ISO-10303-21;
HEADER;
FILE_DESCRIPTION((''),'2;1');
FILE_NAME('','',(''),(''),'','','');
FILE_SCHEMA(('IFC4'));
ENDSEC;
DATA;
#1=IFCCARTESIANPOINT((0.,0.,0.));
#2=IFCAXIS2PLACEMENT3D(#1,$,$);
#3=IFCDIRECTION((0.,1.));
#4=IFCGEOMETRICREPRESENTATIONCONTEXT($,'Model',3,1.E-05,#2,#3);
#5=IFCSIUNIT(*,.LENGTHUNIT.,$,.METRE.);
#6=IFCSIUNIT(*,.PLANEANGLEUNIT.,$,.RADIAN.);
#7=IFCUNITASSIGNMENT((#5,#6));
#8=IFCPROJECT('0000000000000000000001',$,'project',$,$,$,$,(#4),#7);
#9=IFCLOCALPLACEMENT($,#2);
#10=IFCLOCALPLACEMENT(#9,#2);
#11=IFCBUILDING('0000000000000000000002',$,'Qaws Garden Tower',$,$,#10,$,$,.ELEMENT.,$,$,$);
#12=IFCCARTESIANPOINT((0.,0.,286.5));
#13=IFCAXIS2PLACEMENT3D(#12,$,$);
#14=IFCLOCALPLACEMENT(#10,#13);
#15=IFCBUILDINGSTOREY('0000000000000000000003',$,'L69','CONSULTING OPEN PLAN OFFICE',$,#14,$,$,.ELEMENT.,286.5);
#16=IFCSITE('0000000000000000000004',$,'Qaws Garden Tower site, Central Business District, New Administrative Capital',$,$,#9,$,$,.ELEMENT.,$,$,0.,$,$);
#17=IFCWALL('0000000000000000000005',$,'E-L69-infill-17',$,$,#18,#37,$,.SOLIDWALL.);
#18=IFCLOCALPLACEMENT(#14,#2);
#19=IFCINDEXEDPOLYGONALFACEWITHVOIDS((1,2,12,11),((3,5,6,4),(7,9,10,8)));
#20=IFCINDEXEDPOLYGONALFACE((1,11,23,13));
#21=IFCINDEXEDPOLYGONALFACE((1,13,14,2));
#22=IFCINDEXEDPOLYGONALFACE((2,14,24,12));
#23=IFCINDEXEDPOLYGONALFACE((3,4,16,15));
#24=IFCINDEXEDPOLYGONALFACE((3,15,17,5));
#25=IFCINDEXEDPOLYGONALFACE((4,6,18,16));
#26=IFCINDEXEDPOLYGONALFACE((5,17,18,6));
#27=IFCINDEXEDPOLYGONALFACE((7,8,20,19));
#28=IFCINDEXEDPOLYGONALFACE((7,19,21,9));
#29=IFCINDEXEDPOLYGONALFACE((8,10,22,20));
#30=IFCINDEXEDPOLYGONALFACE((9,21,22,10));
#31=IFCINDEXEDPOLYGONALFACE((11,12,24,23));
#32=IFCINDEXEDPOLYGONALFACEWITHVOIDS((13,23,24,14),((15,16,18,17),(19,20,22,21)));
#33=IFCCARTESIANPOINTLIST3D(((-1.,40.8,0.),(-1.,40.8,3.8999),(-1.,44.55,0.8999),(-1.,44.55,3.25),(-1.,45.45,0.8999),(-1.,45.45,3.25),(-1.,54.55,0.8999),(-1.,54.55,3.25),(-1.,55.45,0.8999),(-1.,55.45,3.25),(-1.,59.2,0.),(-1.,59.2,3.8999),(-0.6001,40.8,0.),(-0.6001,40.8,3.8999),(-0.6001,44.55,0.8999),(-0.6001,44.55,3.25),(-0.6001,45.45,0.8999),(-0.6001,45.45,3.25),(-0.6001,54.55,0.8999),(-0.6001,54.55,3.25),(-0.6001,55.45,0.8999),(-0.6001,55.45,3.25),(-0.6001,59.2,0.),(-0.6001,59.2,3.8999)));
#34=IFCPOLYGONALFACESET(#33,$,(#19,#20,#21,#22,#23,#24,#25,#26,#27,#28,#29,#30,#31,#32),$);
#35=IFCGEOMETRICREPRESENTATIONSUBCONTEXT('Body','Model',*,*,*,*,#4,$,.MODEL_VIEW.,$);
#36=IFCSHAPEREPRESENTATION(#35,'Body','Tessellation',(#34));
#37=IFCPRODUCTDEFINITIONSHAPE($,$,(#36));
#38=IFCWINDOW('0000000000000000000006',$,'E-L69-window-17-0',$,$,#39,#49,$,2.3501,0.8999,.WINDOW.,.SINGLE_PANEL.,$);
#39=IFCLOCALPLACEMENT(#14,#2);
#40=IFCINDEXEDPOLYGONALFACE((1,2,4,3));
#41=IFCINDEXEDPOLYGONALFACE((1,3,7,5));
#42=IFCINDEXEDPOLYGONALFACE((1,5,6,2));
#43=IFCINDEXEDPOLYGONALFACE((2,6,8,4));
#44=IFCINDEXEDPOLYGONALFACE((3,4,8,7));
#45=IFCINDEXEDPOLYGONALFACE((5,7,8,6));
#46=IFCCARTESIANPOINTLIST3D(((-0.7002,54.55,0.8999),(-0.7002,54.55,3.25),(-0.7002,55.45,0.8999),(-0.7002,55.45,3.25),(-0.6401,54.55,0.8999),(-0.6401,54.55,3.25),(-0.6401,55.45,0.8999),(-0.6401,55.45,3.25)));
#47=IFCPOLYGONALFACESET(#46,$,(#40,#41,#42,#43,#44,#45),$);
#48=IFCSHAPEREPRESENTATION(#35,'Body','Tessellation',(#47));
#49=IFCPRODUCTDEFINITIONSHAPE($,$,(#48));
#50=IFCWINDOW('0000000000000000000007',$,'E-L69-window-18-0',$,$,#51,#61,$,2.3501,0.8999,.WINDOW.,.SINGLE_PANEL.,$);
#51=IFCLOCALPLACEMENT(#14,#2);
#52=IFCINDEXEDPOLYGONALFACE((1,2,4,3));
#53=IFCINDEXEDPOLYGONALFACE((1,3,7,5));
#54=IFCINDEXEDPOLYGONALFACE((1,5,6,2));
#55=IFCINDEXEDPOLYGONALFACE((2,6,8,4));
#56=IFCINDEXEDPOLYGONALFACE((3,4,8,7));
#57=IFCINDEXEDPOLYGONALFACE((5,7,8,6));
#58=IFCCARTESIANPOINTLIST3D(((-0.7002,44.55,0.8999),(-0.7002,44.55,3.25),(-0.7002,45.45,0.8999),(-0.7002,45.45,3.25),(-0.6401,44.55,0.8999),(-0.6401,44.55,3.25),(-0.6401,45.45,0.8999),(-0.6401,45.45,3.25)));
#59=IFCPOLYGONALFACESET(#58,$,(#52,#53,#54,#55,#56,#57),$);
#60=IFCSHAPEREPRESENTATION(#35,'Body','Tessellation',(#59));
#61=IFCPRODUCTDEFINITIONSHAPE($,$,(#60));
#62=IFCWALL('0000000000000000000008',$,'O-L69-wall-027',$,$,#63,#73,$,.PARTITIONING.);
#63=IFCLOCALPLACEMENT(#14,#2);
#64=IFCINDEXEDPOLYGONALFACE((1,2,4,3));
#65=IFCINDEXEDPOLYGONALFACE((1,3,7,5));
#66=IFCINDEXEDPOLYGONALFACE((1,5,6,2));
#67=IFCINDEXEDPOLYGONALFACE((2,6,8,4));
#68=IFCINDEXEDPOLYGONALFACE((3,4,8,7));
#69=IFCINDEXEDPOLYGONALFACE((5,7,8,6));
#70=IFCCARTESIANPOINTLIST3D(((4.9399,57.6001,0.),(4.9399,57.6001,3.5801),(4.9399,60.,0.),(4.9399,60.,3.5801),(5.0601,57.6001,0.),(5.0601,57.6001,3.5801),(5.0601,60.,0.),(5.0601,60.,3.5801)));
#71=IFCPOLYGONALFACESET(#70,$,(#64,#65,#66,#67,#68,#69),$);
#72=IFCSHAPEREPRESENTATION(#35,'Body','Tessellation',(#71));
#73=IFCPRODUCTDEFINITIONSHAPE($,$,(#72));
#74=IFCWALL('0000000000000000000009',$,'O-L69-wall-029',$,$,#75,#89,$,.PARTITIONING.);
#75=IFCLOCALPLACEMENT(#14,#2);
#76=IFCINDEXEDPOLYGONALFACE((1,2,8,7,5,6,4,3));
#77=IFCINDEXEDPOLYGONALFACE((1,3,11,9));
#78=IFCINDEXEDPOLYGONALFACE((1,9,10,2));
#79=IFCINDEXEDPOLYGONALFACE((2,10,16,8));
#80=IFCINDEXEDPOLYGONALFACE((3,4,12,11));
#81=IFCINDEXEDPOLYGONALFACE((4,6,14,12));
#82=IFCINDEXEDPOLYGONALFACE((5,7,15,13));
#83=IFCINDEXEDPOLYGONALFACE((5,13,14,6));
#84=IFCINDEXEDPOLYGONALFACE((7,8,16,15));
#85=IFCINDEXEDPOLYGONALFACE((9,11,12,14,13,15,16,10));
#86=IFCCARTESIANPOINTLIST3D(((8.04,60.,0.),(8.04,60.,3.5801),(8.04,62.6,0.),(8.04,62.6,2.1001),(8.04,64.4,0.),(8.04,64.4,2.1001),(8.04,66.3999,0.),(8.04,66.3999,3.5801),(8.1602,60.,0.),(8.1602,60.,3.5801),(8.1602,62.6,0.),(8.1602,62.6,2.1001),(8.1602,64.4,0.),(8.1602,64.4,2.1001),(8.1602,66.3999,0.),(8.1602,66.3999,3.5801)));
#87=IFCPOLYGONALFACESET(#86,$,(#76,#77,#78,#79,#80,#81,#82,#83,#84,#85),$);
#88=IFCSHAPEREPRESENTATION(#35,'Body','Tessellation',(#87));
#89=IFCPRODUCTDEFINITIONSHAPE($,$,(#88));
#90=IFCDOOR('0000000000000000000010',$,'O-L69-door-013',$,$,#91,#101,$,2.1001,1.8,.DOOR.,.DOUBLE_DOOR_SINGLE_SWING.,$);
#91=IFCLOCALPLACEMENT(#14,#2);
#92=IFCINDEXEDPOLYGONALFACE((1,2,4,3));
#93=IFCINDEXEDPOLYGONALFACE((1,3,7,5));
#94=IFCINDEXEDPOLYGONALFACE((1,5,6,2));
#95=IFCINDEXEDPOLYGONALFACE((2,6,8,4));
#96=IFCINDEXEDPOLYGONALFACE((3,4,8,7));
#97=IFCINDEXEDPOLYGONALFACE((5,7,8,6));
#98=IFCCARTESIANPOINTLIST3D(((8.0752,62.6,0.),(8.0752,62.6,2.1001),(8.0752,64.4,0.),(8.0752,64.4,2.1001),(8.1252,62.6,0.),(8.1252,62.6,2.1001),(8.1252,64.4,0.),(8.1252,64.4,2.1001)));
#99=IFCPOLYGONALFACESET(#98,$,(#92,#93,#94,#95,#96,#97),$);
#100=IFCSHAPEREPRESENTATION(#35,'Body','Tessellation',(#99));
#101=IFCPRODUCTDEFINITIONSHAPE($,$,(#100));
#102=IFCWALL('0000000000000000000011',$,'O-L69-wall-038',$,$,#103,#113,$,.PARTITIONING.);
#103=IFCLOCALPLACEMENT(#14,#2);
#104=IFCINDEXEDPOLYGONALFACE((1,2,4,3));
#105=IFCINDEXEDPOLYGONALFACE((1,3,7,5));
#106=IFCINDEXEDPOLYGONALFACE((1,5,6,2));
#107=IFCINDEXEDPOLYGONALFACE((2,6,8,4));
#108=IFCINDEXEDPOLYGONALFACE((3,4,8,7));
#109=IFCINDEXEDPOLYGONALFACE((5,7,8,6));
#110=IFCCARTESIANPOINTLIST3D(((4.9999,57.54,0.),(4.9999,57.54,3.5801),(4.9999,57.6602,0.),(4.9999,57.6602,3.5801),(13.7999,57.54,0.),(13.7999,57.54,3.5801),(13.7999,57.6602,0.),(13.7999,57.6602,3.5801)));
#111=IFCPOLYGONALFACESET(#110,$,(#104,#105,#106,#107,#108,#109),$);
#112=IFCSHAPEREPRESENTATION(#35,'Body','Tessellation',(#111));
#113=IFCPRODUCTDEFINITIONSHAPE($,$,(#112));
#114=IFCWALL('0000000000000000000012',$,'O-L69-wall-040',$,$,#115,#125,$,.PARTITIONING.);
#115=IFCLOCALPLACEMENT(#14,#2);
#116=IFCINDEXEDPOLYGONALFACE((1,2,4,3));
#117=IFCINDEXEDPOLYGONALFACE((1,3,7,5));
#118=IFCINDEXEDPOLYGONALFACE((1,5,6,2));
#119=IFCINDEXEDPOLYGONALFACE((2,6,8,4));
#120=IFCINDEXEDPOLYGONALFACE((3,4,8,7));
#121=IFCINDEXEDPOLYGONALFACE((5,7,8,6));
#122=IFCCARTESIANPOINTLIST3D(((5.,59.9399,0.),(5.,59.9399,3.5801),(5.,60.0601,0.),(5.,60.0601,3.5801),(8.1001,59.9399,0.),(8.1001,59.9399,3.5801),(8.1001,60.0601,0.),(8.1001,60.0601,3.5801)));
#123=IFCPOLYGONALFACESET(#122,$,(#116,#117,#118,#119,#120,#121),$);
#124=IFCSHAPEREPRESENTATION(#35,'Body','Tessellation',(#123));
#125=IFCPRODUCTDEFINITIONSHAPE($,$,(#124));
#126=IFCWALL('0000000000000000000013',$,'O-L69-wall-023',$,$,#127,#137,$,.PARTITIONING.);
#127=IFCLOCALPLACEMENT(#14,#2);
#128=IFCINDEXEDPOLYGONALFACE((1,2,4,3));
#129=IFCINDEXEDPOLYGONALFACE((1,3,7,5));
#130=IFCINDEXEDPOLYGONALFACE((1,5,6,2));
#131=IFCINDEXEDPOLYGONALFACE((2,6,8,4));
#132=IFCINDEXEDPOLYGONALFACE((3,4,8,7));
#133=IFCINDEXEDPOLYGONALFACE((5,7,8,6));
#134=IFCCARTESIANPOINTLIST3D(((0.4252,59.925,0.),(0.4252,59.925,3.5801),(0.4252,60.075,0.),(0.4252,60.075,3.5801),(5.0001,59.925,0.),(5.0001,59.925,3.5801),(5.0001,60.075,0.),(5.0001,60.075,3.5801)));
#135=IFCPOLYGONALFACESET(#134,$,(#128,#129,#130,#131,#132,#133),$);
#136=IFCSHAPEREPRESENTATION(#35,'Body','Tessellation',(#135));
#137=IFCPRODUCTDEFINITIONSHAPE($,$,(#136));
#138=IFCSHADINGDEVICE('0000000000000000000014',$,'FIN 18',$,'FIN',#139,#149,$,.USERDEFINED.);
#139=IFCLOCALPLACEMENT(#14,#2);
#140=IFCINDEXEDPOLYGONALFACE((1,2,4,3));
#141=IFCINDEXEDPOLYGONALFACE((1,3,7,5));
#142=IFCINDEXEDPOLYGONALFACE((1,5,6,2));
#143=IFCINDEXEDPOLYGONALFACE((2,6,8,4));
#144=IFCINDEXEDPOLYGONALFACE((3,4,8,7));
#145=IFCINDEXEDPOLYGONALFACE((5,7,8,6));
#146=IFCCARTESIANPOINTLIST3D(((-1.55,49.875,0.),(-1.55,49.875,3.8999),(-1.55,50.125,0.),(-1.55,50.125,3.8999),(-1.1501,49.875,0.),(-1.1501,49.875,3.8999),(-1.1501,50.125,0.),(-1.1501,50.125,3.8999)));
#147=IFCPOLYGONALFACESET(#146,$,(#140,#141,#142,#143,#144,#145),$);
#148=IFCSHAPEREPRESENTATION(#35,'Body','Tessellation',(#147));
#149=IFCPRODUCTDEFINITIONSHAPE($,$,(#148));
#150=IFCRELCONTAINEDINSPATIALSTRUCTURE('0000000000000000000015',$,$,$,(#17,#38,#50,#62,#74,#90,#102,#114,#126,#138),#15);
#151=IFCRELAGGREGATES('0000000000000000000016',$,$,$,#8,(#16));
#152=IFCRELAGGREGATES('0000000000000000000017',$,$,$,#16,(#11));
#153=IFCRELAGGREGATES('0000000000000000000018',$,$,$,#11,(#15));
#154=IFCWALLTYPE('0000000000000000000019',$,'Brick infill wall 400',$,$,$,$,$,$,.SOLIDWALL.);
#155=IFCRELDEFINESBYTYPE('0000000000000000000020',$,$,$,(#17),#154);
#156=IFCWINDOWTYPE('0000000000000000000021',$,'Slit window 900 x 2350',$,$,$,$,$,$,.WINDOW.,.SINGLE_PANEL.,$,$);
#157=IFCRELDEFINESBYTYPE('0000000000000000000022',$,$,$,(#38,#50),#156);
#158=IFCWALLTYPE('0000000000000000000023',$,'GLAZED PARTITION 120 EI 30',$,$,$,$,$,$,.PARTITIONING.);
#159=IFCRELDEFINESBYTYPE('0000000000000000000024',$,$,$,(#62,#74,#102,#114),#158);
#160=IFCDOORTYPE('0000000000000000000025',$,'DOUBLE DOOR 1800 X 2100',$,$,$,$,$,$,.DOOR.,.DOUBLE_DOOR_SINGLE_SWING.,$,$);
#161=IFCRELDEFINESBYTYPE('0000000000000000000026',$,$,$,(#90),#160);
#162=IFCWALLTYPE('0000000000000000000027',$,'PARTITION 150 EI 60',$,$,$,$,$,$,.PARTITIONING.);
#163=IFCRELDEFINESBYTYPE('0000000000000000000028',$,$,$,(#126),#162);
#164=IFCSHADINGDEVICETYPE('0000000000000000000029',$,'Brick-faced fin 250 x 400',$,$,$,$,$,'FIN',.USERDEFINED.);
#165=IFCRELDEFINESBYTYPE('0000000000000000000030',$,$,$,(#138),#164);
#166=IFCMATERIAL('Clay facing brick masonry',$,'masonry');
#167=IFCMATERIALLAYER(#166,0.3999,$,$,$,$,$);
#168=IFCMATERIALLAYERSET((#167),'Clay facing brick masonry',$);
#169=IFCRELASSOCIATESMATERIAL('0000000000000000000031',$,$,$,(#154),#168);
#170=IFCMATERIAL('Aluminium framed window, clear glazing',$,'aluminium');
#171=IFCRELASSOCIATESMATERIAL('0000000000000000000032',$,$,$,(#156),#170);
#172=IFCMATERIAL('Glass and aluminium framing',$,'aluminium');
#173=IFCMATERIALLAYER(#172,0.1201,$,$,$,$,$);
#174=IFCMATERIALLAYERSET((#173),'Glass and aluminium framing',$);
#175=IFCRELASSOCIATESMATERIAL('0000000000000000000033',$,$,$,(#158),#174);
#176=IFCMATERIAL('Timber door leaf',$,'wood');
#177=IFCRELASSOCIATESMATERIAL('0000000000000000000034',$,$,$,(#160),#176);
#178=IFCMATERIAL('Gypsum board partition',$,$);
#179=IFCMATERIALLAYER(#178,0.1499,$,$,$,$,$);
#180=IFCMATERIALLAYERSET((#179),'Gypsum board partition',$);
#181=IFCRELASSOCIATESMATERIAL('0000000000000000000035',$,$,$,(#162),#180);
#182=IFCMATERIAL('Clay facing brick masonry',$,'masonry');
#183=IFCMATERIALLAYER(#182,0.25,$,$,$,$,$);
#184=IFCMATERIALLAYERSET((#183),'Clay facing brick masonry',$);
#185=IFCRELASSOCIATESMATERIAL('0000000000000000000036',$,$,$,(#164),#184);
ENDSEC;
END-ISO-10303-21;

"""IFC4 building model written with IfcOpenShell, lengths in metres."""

from ifc_helpers import new_model, si_unit, direction, frame, frame_2d, origin, origin_2d, place, context, subcontext, project, spatial, rectangle, extrude, material, layer, layer_set, type_object, element, fill, save


model = new_model("IFC4")

# Units and contexts
model_context = context("Model", 3, precision=1e-05, world=origin(), true_north=direction((0.0, 1.0)))
body_context = subcontext(model_context, "Body", "Model", "MODEL_VIEW")
ifc_project = project(units=[si_unit("LENGTHUNIT", "METRE"), si_unit("PLANEANGLEUNIT", "RADIAN")], contexts=[model_context])

# Site, building, storey
site_placement = place(None, origin())
site = spatial("IfcSite", under=ifc_project, at=site_placement, Name="Qaws Garden Tower site, Central Business District, New Administrative Capital", CompositionType="ELEMENT", RefElevation=0.0)
building_placement = place(site_placement, origin())
building = spatial("IfcBuilding", under=site, at=building_placement, Name="Qaws Garden Tower", CompositionType="ELEMENT")
storey_placement = place(building_placement, frame((0.0, 0.0, 286.5)))
storey = spatial("IfcBuildingStorey", under=building, at=storey_placement, Name="L69", Description="CONSULTING OPEN PLAN OFFICE", CompositionType="ELEMENT", Elevation=286.5)

# Shared definitions
ifc_material_1 = material(Name="Clay facing brick masonry", Category="masonry")
ifc_layer_1 = layer(ifc_material_1, 0.3999)
ifc_layer_set_1 = layer_set([ifc_layer_1], Name="Clay facing brick masonry")
wall_type_1 = type_object("IfcWallType", Name="Brick infill wall 400", PredefinedType="SOLIDWALL", material=ifc_layer_set_1)

# Wall, openings, windows
wall_1_placement = place(storey_placement, frame((-0.8, 59.2, 0.0), z_axis=(0.0, 0.0, 1.0), x_axis=(0.0, -1.0, 0.0)))
wall_1 = element("IfcWall", 1, at=wall_1_placement, inside=storey, type_object=wall_type_1, Name="E-L69-infill-17", PredefinedType="SOLIDWALL", context=body_context, shape_type="SweptSolid", body=[
    extrude(rectangle(XDim=18.3999, YDim=0.3999, at=frame_2d((9.2, 0.0))), origin(), (0.0, 0.0, 1.0), 3.8999),
])
opening_1_placement = place(wall_1_placement, frame((3.75, 0.0, 0.8999)))
opening_1 = element("IfcOpeningElement", 2, at=opening_1_placement, cuts=wall_1, PredefinedType="OPENING", context=body_context, shape_type="SweptSolid", body=[
    extrude(rectangle(XDim=0.8999, YDim=2.3501, at=frame_2d((0.45, 1.175))), frame((0.0, 0.21, 0.0), z_axis=(0.0, -1.0, 0.0), x_axis=(1.0, 0.0, 0.0)), (0.0, 0.0, 1.0), 0.4199),
])
opening_2_placement = place(wall_1_placement, frame((13.75, 0.0, 0.8999)))
opening_2 = element("IfcOpeningElement", 3, at=opening_2_placement, cuts=wall_1, PredefinedType="OPENING", context=body_context, shape_type="SweptSolid", body=[
    extrude(rectangle(XDim=0.8999, YDim=2.3501, at=frame_2d((0.45, 1.175))), frame((0.0, 0.21, 0.0), z_axis=(0.0, -1.0, 0.0), x_axis=(1.0, 0.0, 0.0)), (0.0, 0.0, 1.0), 0.4199),
])
ifc_material_2 = material(Name="Aluminium framed window, clear glazing", Category="aluminium")
window_type_1 = type_object("IfcWindowType", Name="Slit window 900 x 2350", PartitioningType="SINGLE_PANEL", PredefinedType="WINDOW", material=ifc_material_2)
window_1_placement = place(opening_1_placement, origin())
window_1 = element("IfcWindow", 4, at=window_1_placement, inside=storey, type_object=window_type_1, Name="E-L69-window-17-0", OverallHeight=2.3501, OverallWidth=0.8999, PartitioningType="SINGLE_PANEL", PredefinedType="WINDOW", context=body_context, shape_type="SweptSolid", body=[
    extrude(rectangle(XDim=0.8999, YDim=2.3501, at=frame_2d((0.45, 1.175))), frame((0.0, 0.1599, 0.0), z_axis=(0.0, -1.0, 0.0), x_axis=(1.0, 0.0, 0.0)), (0.0, 0.0, 1.0), 0.0601),
])
fill(opening_1, window_1)
window_2_placement = place(opening_2_placement, origin())
window_2 = element("IfcWindow", 5, at=window_2_placement, inside=storey, type_object=window_type_1, Name="E-L69-window-18-0", OverallHeight=2.3501, OverallWidth=0.8999, PartitioningType="SINGLE_PANEL", PredefinedType="WINDOW", context=body_context, shape_type="SweptSolid", body=[
    extrude(rectangle(XDim=0.8999, YDim=2.3501, at=frame_2d((0.45, 1.175))), frame((0.0, 0.1599, 0.0), z_axis=(0.0, -1.0, 0.0), x_axis=(1.0, 0.0, 0.0)), (0.0, 0.0, 1.0), 0.0601),
])
fill(opening_2, window_2)

# Wall
ifc_material_3 = material(Name="Glass and aluminium framing", Category="aluminium")
ifc_layer_2 = layer(ifc_material_3, 0.1201)
ifc_layer_set_2 = layer_set([ifc_layer_2], Name="Glass and aluminium framing")
wall_type_2 = type_object("IfcWallType", Name="GLAZED PARTITION 120 EI 30", PredefinedType="PARTITIONING", material=ifc_layer_set_2)
wall_2_placement = place(storey_placement, frame((5.0, 57.6001, 0.0), z_axis=(0.0, 0.0, 1.0), x_axis=(0.0, 1.0, 0.0)))
element("IfcWall", 6, at=wall_2_placement, inside=storey, type_object=wall_type_2, Name="O-L69-wall-027", PredefinedType="PARTITIONING", context=body_context, shape_type="SweptSolid", body=[
    extrude(rectangle(XDim=2.3999, YDim=0.1201, at=frame_2d((1.2, 0.0))), origin(), (0.0, 0.0, 1.0), 3.5801),
])

# Wall, opening, door
wall_3_placement = place(storey_placement, frame((8.1001, 60.0, 0.0), z_axis=(0.0, 0.0, 1.0), x_axis=(0.0, 1.0, 0.0)))
wall_3 = element("IfcWall", 7, at=wall_3_placement, inside=storey, type_object=wall_type_2, Name="O-L69-wall-029", PredefinedType="PARTITIONING", context=body_context, shape_type="SweptSolid", body=[
    extrude(rectangle(XDim=6.3999, YDim=0.1201, at=frame_2d((3.2, 0.0))), origin(), (0.0, 0.0, 1.0), 3.5801),
])
opening_3_placement = place(wall_3_placement, frame((2.6001, 0.0, 0.0)))
opening_3 = element("IfcOpeningElement", 8, at=opening_3_placement, cuts=wall_3, PredefinedType="OPENING", context=body_context, shape_type="SweptSolid", body=[
    extrude(rectangle(XDim=1.8, YDim=2.1001, at=frame_2d((0.8999, 1.05))), frame((0.0, 0.0701, 0.0), z_axis=(0.0, -1.0, 0.0), x_axis=(1.0, 0.0, 0.0)), (0.0, 0.0, 1.0), 0.1401),
])
ifc_material_4 = material(Name="Timber door leaf", Category="wood")
door_type = type_object("IfcDoorType", Name="DOUBLE DOOR 1800 X 2100", OperationType="DOUBLE_DOOR_SINGLE_SWING", PredefinedType="DOOR", material=ifc_material_4)
door_placement = place(opening_3_placement, origin())
door = element("IfcDoor", 9, at=door_placement, inside=storey, type_object=door_type, Name="O-L69-door-013", OperationType="DOUBLE_DOOR_SINGLE_SWING", OverallHeight=2.1001, OverallWidth=1.8, PredefinedType="DOOR", context=body_context, shape_type="SweptSolid", body=[
    extrude(rectangle(XDim=1.8, YDim=2.1001, at=frame_2d((0.8999, 1.05))), frame((0.0, 0.0249, 0.0), z_axis=(0.0, -1.0, 0.0), x_axis=(1.0, 0.0, 0.0)), (0.0, 0.0, 1.0), 0.05),
])
fill(opening_3, door)

# Walls
wall_4_placement = place(storey_placement, frame((5.0, 57.6001, 0.0), z_axis=(0.0, 0.0, 1.0), x_axis=(1.0, 0.0, 0.0)))
element("IfcWall", 10, at=wall_4_placement, inside=storey, type_object=wall_type_2, Name="O-L69-wall-038", PredefinedType="PARTITIONING", context=body_context, shape_type="SweptSolid", body=[
    extrude(rectangle(XDim=8.8, YDim=0.1201, at=frame_2d((4.3999, 0.0))), origin(), (0.0, 0.0, 1.0), 3.5801),
])
wall_5_placement = place(storey_placement, frame((5.0, 60.0, 0.0), z_axis=(0.0, 0.0, 1.0), x_axis=(1.0, 0.0, 0.0)))
element("IfcWall", 11, at=wall_5_placement, inside=storey, type_object=wall_type_2, Name="O-L69-wall-040", PredefinedType="PARTITIONING", context=body_context, shape_type="SweptSolid", body=[
    extrude(rectangle(XDim=3.1001, YDim=0.1201, at=frame_2d((1.55, 0.0))), origin(), (0.0, 0.0, 1.0), 3.5801),
])
ifc_material_5 = material(Name="Gypsum board partition")
ifc_layer_3 = layer(ifc_material_5, 0.1499)
ifc_layer_set_3 = layer_set([ifc_layer_3], Name="Gypsum board partition")
wall_type_3 = type_object("IfcWallType", Name="PARTITION 150 EI 60", PredefinedType="PARTITIONING", material=ifc_layer_set_3)
wall_6_placement = place(storey_placement, frame((0.425, 60.0, 0.0), z_axis=(0.0, 0.0, 1.0), x_axis=(1.0, 0.0, 0.0)))
element("IfcWall", 12, at=wall_6_placement, inside=storey, type_object=wall_type_3, Name="O-L69-wall-023", PredefinedType="PARTITIONING", context=body_context, shape_type="SweptSolid", body=[
    extrude(rectangle(XDim=4.575, YDim=0.1499, at=frame_2d((2.2876, 0.0))), origin(), (0.0, 0.0, 1.0), 3.5801),
])

# Shading device
ifc_material_6 = material(Name="Clay facing brick masonry", Category="masonry")
ifc_layer_4 = layer(ifc_material_6, 0.25)
ifc_layer_set_4 = layer_set([ifc_layer_4], Name="Clay facing brick masonry")
shading_device_type = type_object("IfcShadingDeviceType", Name="Brick-faced fin 250 x 400", ElementType="FIN", PredefinedType="USERDEFINED", material=ifc_layer_set_4)
shading_device_placement = place(storey_placement, frame((-1.3501, 50.0, 0.0), z_axis=(0.0, 0.0, 1.0), x_axis=(0.0, -1.0, 0.0)))
element("IfcShadingDevice", 13, at=shading_device_placement, inside=storey, type_object=shading_device_type, Name="FIN 18", ObjectType="FIN", PredefinedType="USERDEFINED", context=body_context, shape_type="SweptSolid", body=[
    extrude(rectangle(XDim=0.25, YDim=0.3999, at=origin_2d()), origin(), (0.0, 0.0, 1.0), 3.8999),
])

save(model, "model.ifc")
